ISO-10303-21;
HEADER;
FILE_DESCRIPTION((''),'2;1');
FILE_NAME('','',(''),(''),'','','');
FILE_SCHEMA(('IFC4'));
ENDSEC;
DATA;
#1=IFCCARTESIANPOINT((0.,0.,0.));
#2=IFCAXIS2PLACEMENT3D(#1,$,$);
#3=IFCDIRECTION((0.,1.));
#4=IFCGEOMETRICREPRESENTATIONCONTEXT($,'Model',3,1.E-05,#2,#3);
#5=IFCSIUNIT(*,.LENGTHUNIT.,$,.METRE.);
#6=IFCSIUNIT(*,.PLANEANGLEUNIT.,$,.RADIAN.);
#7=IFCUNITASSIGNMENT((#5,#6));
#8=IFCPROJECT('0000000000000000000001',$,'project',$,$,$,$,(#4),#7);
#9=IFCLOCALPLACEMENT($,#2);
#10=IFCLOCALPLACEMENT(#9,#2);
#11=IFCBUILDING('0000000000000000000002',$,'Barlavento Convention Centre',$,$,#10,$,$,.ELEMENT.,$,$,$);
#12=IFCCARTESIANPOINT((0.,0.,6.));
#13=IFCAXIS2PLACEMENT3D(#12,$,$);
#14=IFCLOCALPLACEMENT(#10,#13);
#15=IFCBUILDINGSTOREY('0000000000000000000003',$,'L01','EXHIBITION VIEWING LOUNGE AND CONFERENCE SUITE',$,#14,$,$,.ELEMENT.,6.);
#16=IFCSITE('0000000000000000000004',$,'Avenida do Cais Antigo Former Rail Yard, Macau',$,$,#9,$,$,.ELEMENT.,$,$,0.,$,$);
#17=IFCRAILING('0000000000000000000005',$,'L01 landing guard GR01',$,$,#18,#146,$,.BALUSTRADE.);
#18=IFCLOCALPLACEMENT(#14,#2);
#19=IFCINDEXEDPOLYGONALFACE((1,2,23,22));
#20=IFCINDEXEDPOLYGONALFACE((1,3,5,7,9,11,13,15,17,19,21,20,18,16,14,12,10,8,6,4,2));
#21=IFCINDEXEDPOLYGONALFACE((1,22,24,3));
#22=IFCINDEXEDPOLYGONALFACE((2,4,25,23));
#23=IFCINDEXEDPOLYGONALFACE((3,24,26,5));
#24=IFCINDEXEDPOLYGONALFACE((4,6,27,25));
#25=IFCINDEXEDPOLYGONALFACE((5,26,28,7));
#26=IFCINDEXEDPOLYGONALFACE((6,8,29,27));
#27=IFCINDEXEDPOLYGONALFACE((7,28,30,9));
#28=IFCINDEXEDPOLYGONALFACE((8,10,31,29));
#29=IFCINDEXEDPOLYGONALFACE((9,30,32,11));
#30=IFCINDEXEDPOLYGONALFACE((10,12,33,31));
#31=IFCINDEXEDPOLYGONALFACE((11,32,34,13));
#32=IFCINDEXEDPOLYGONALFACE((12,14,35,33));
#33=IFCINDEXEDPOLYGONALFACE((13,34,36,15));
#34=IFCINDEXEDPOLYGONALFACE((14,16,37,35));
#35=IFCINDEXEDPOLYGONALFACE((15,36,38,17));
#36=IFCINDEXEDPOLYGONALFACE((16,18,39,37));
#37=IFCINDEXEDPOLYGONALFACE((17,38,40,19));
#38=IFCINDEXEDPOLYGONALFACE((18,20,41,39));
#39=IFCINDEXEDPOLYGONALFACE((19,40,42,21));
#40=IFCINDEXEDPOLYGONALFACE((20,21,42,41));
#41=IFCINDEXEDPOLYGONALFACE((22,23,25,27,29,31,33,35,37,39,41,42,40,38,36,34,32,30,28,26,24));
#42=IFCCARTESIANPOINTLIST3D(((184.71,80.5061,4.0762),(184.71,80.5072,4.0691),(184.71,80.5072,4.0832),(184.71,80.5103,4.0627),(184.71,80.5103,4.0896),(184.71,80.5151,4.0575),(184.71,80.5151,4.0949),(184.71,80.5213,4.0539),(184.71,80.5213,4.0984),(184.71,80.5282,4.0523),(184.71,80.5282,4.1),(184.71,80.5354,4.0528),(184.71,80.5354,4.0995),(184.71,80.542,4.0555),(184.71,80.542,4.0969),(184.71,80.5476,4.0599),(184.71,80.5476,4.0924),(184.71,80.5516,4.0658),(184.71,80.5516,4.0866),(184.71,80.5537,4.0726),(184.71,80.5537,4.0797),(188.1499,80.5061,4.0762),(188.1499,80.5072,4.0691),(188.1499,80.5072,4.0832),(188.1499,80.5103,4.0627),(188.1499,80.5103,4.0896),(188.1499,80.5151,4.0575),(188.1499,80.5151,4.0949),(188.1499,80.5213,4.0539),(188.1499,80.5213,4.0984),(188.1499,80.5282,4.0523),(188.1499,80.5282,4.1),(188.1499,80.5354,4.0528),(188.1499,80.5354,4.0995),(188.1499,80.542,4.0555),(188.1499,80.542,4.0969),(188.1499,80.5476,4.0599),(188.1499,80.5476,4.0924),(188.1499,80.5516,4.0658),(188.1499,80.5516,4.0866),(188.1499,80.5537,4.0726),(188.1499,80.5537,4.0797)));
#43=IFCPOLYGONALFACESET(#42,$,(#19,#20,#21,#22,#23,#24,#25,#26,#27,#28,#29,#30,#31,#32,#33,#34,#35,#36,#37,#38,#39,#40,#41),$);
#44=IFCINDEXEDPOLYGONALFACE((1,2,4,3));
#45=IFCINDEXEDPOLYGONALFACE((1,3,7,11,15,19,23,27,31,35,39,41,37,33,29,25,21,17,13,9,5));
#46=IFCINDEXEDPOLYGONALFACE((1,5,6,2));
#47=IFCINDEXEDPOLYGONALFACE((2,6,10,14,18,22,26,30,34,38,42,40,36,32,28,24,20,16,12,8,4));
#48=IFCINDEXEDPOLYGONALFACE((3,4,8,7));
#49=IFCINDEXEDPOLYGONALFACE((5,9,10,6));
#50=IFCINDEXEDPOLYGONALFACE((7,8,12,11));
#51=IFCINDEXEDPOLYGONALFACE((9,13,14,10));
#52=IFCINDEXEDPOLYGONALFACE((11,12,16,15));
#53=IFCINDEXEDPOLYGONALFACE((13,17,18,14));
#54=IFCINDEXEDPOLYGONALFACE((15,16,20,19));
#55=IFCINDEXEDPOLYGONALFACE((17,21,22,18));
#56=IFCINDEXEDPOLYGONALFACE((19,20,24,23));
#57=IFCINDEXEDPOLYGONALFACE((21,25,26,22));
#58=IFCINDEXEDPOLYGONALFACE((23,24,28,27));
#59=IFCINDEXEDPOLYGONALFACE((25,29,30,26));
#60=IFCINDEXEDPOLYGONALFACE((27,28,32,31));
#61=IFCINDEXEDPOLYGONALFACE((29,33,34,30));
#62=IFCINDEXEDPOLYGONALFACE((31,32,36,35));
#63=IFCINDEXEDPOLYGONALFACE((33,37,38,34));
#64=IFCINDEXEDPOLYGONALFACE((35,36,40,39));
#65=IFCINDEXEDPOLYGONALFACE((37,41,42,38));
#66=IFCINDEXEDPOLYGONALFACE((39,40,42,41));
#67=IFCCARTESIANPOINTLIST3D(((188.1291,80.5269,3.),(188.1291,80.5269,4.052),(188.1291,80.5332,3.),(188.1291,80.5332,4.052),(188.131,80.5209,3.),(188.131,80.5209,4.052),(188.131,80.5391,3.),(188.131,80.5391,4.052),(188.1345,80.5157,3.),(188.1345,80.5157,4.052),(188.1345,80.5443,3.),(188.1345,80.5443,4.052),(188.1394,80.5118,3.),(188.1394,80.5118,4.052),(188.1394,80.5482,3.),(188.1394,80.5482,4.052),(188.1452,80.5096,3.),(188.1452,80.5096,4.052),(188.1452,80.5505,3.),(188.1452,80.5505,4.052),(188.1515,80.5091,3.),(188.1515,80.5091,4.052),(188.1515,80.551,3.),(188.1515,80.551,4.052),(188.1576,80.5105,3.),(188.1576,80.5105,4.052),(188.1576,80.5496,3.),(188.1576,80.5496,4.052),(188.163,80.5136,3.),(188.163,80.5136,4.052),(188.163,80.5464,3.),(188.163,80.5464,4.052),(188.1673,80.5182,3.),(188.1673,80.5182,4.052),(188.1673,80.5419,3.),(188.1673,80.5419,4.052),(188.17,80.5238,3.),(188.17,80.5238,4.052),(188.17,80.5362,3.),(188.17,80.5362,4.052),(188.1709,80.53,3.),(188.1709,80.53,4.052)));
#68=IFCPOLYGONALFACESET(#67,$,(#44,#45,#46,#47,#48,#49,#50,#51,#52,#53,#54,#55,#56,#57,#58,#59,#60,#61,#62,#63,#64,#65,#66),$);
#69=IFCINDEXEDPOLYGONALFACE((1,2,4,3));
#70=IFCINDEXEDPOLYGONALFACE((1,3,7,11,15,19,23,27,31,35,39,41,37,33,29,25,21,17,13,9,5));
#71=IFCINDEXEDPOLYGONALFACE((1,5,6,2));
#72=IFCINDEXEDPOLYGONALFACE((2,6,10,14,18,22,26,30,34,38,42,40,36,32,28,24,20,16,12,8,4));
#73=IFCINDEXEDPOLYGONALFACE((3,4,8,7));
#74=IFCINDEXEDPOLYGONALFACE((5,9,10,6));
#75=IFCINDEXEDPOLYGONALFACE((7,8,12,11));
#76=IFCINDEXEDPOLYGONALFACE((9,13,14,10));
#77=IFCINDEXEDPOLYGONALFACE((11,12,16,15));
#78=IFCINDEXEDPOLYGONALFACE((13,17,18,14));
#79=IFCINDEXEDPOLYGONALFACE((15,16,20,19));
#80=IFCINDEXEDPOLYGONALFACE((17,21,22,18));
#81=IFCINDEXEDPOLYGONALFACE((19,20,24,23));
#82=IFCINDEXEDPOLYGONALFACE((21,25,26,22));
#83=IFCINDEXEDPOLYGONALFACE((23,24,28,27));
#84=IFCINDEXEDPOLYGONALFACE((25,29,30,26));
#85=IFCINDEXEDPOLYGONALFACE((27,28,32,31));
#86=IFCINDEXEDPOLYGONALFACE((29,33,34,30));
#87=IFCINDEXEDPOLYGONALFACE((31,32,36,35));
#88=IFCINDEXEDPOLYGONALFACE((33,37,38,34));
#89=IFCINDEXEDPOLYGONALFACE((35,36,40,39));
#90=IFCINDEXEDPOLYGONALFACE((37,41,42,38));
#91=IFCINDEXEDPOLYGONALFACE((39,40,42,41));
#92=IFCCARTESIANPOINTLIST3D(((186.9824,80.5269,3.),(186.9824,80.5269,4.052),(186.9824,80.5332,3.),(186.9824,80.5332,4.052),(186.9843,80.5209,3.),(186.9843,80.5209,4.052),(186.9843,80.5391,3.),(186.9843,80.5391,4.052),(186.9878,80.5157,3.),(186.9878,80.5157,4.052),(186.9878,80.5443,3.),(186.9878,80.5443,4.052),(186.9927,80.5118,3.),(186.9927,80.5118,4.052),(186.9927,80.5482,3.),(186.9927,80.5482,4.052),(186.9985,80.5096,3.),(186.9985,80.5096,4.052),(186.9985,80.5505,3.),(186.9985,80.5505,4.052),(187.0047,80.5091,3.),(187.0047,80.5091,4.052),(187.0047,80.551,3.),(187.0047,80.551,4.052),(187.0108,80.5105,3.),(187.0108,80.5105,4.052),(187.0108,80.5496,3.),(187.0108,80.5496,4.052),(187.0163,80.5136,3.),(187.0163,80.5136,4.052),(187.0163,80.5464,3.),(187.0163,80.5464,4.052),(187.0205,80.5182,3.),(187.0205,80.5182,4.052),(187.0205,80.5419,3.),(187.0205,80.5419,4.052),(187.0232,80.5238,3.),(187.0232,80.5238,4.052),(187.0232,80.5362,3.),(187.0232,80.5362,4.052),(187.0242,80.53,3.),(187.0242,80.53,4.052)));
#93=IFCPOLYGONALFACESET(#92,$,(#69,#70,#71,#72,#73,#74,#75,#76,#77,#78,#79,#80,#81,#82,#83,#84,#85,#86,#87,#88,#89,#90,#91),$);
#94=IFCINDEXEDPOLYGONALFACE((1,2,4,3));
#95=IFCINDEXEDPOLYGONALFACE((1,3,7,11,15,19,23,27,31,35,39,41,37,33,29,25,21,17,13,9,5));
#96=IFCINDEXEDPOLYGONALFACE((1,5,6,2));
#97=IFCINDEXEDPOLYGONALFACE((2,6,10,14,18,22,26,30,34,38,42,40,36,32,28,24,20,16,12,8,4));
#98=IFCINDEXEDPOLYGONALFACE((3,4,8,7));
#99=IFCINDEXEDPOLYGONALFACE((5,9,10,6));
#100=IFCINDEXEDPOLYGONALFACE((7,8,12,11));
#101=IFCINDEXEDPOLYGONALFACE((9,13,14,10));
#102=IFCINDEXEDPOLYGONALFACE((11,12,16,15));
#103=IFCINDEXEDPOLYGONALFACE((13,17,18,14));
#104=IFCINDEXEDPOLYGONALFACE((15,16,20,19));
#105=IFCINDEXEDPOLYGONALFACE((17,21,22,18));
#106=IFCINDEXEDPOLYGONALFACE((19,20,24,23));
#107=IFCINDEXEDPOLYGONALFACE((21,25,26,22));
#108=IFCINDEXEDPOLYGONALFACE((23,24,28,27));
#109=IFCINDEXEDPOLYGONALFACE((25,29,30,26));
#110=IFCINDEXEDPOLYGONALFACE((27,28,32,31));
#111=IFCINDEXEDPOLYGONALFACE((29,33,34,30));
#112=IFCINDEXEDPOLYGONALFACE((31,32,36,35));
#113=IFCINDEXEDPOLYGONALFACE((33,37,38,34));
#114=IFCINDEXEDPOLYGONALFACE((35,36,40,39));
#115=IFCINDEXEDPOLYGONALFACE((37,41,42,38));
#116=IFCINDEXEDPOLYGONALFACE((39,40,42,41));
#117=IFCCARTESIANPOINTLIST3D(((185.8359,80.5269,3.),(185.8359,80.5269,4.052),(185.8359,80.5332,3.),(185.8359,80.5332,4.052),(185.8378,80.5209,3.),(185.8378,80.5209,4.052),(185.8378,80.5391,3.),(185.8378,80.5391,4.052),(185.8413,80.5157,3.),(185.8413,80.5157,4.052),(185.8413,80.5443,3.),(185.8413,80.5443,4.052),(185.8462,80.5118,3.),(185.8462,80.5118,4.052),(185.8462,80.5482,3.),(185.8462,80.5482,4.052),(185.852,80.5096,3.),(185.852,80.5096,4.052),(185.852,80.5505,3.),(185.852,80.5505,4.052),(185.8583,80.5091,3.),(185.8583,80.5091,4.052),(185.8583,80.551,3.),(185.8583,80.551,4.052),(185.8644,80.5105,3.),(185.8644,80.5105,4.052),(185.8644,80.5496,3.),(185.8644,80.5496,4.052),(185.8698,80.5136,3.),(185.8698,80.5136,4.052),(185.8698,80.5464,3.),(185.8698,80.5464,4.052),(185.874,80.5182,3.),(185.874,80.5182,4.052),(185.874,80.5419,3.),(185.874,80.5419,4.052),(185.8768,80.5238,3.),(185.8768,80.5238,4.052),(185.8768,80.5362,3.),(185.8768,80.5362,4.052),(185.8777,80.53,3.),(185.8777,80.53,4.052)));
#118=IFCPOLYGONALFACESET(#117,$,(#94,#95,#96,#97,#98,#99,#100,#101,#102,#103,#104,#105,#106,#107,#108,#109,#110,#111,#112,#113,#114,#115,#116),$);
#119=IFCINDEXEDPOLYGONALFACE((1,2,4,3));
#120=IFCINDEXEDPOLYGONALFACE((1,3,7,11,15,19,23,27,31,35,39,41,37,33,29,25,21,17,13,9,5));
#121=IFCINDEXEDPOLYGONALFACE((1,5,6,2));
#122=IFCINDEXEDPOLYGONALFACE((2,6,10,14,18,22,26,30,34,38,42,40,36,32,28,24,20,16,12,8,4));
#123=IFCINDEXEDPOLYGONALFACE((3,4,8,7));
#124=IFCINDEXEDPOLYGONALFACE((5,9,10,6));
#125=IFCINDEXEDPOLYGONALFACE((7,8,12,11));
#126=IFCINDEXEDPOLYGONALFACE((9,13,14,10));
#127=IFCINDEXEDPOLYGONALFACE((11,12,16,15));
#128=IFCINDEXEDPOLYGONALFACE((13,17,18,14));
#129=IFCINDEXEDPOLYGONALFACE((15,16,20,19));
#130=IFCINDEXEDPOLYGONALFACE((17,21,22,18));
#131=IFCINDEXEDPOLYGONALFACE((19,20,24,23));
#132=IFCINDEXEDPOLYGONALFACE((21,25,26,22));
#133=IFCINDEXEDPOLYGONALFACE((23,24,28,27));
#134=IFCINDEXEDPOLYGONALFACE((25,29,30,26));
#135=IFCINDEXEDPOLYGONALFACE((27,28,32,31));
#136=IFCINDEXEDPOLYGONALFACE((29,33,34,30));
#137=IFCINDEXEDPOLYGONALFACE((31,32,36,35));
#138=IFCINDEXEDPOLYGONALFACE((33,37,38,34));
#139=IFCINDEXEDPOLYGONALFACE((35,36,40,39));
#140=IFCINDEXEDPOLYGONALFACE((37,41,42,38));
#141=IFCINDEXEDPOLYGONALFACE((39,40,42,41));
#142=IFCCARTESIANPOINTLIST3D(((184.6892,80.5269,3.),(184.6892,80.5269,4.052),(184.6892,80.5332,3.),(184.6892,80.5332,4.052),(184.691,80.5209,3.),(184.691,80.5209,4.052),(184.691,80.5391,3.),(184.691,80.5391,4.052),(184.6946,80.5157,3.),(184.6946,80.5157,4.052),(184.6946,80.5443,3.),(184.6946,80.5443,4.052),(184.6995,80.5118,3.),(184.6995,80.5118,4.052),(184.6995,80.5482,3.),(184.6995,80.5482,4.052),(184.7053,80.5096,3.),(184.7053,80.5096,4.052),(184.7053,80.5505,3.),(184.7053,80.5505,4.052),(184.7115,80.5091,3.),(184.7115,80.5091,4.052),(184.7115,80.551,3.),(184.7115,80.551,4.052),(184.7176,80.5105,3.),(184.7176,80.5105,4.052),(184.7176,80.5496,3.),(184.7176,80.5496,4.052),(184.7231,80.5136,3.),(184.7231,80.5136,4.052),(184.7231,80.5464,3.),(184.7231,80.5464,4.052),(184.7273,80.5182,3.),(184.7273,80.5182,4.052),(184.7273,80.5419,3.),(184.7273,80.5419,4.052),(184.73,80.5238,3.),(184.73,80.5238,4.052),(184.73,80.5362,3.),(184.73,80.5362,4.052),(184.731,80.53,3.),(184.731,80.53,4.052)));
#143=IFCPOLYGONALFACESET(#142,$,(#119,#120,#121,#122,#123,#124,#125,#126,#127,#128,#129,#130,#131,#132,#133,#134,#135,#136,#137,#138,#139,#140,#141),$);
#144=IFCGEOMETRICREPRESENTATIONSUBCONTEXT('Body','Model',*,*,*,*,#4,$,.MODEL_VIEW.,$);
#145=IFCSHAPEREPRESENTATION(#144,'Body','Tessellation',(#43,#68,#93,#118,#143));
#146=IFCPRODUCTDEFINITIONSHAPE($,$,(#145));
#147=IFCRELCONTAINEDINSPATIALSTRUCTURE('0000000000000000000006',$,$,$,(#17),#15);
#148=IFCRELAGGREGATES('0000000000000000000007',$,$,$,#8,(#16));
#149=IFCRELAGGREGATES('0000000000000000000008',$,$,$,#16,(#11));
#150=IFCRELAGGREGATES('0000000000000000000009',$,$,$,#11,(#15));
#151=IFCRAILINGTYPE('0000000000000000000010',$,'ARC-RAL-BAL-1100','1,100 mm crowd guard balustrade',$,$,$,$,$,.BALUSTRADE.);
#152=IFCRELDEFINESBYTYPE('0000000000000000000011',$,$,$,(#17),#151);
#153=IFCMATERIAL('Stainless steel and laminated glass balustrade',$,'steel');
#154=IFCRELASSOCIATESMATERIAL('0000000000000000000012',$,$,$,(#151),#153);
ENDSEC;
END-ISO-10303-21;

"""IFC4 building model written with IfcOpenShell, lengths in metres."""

from ifc_helpers import new_model, si_unit, direction, frame, origin, origin_2d, place, context, subcontext, project, spatial, circle, extrude, material, type_object, element, save


model = new_model("IFC4")

# Units and contexts
model_context = context("Model", 3, precision=1e-05, world=origin(), true_north=direction((0.0, 1.0)))
body_context = subcontext(model_context, "Body", "Model", "MODEL_VIEW")
ifc_project = project(units=[si_unit("LENGTHUNIT", "METRE"), si_unit("PLANEANGLEUNIT", "RADIAN")], contexts=[model_context])

# Site, building, storey
site_placement = place(None, origin())
site = spatial("IfcSite", under=ifc_project, at=site_placement, Name="Avenida do Cais Antigo Former Rail Yard, Macau", CompositionType="ELEMENT", RefElevation=0.0)
building_placement = place(site_placement, origin())
building = spatial("IfcBuilding", under=site, at=building_placement, Name="Barlavento Convention Centre", CompositionType="ELEMENT")
storey_placement = place(building_placement, frame((0.0, 0.0, 6.0)))
storey = spatial("IfcBuildingStorey", under=building, at=storey_placement, Name="L01", Description="EXHIBITION VIEWING LOUNGE AND CONFERENCE SUITE", CompositionType="ELEMENT", Elevation=6.0)

# Railing
ifc_material_1 = material(Name="Stainless steel and laminated glass balustrade", Category="steel")
railing_type_1 = type_object("IfcRailingType", Name="ARC-RAL-BAL-1100", Description="1,100 mm crowd guard balustrade", PredefinedType="BALUSTRADE", material=ifc_material_1)
for number, where, name in (
    (1, (188.1499, 80.53, 3.0), "L01 landing guard GR01"),
):
    element("IfcRailing", number, at=place(storey_placement, frame(where)), inside=storey, type_object=railing_type_1, Name=name, PredefinedType="BALUSTRADE", context=body_context, shape_type="SweptSolid", body=[
        extrude(circle(Radius=0.0239, at=origin_2d()), frame((0.0, 0.0, 1.0762), z_axis=(-1.0, 0.0, 0.0), x_axis=(0.0, -1.0, 0.0)), (0.0, 0.0, 1.0), 3.4399),
        extrude(circle(Radius=0.021, at=origin_2d()), origin(), (0.0, 0.0, 1.0), 1.052),
        extrude(circle(Radius=0.021, at=origin_2d()), frame((-1.1467, 0.0, 0.0)), (0.0, 0.0, 1.0), 1.052),
        extrude(circle(Radius=0.021, at=origin_2d()), frame((-2.2932, 0.0, 0.0)), (0.0, 0.0, 1.0), 1.052),
        extrude(circle(Radius=0.021, at=origin_2d()), frame((-3.4399, 0.0, 0.0)), (0.0, 0.0, 1.0), 1.052),
    ])

save(model, "model.ifc")
